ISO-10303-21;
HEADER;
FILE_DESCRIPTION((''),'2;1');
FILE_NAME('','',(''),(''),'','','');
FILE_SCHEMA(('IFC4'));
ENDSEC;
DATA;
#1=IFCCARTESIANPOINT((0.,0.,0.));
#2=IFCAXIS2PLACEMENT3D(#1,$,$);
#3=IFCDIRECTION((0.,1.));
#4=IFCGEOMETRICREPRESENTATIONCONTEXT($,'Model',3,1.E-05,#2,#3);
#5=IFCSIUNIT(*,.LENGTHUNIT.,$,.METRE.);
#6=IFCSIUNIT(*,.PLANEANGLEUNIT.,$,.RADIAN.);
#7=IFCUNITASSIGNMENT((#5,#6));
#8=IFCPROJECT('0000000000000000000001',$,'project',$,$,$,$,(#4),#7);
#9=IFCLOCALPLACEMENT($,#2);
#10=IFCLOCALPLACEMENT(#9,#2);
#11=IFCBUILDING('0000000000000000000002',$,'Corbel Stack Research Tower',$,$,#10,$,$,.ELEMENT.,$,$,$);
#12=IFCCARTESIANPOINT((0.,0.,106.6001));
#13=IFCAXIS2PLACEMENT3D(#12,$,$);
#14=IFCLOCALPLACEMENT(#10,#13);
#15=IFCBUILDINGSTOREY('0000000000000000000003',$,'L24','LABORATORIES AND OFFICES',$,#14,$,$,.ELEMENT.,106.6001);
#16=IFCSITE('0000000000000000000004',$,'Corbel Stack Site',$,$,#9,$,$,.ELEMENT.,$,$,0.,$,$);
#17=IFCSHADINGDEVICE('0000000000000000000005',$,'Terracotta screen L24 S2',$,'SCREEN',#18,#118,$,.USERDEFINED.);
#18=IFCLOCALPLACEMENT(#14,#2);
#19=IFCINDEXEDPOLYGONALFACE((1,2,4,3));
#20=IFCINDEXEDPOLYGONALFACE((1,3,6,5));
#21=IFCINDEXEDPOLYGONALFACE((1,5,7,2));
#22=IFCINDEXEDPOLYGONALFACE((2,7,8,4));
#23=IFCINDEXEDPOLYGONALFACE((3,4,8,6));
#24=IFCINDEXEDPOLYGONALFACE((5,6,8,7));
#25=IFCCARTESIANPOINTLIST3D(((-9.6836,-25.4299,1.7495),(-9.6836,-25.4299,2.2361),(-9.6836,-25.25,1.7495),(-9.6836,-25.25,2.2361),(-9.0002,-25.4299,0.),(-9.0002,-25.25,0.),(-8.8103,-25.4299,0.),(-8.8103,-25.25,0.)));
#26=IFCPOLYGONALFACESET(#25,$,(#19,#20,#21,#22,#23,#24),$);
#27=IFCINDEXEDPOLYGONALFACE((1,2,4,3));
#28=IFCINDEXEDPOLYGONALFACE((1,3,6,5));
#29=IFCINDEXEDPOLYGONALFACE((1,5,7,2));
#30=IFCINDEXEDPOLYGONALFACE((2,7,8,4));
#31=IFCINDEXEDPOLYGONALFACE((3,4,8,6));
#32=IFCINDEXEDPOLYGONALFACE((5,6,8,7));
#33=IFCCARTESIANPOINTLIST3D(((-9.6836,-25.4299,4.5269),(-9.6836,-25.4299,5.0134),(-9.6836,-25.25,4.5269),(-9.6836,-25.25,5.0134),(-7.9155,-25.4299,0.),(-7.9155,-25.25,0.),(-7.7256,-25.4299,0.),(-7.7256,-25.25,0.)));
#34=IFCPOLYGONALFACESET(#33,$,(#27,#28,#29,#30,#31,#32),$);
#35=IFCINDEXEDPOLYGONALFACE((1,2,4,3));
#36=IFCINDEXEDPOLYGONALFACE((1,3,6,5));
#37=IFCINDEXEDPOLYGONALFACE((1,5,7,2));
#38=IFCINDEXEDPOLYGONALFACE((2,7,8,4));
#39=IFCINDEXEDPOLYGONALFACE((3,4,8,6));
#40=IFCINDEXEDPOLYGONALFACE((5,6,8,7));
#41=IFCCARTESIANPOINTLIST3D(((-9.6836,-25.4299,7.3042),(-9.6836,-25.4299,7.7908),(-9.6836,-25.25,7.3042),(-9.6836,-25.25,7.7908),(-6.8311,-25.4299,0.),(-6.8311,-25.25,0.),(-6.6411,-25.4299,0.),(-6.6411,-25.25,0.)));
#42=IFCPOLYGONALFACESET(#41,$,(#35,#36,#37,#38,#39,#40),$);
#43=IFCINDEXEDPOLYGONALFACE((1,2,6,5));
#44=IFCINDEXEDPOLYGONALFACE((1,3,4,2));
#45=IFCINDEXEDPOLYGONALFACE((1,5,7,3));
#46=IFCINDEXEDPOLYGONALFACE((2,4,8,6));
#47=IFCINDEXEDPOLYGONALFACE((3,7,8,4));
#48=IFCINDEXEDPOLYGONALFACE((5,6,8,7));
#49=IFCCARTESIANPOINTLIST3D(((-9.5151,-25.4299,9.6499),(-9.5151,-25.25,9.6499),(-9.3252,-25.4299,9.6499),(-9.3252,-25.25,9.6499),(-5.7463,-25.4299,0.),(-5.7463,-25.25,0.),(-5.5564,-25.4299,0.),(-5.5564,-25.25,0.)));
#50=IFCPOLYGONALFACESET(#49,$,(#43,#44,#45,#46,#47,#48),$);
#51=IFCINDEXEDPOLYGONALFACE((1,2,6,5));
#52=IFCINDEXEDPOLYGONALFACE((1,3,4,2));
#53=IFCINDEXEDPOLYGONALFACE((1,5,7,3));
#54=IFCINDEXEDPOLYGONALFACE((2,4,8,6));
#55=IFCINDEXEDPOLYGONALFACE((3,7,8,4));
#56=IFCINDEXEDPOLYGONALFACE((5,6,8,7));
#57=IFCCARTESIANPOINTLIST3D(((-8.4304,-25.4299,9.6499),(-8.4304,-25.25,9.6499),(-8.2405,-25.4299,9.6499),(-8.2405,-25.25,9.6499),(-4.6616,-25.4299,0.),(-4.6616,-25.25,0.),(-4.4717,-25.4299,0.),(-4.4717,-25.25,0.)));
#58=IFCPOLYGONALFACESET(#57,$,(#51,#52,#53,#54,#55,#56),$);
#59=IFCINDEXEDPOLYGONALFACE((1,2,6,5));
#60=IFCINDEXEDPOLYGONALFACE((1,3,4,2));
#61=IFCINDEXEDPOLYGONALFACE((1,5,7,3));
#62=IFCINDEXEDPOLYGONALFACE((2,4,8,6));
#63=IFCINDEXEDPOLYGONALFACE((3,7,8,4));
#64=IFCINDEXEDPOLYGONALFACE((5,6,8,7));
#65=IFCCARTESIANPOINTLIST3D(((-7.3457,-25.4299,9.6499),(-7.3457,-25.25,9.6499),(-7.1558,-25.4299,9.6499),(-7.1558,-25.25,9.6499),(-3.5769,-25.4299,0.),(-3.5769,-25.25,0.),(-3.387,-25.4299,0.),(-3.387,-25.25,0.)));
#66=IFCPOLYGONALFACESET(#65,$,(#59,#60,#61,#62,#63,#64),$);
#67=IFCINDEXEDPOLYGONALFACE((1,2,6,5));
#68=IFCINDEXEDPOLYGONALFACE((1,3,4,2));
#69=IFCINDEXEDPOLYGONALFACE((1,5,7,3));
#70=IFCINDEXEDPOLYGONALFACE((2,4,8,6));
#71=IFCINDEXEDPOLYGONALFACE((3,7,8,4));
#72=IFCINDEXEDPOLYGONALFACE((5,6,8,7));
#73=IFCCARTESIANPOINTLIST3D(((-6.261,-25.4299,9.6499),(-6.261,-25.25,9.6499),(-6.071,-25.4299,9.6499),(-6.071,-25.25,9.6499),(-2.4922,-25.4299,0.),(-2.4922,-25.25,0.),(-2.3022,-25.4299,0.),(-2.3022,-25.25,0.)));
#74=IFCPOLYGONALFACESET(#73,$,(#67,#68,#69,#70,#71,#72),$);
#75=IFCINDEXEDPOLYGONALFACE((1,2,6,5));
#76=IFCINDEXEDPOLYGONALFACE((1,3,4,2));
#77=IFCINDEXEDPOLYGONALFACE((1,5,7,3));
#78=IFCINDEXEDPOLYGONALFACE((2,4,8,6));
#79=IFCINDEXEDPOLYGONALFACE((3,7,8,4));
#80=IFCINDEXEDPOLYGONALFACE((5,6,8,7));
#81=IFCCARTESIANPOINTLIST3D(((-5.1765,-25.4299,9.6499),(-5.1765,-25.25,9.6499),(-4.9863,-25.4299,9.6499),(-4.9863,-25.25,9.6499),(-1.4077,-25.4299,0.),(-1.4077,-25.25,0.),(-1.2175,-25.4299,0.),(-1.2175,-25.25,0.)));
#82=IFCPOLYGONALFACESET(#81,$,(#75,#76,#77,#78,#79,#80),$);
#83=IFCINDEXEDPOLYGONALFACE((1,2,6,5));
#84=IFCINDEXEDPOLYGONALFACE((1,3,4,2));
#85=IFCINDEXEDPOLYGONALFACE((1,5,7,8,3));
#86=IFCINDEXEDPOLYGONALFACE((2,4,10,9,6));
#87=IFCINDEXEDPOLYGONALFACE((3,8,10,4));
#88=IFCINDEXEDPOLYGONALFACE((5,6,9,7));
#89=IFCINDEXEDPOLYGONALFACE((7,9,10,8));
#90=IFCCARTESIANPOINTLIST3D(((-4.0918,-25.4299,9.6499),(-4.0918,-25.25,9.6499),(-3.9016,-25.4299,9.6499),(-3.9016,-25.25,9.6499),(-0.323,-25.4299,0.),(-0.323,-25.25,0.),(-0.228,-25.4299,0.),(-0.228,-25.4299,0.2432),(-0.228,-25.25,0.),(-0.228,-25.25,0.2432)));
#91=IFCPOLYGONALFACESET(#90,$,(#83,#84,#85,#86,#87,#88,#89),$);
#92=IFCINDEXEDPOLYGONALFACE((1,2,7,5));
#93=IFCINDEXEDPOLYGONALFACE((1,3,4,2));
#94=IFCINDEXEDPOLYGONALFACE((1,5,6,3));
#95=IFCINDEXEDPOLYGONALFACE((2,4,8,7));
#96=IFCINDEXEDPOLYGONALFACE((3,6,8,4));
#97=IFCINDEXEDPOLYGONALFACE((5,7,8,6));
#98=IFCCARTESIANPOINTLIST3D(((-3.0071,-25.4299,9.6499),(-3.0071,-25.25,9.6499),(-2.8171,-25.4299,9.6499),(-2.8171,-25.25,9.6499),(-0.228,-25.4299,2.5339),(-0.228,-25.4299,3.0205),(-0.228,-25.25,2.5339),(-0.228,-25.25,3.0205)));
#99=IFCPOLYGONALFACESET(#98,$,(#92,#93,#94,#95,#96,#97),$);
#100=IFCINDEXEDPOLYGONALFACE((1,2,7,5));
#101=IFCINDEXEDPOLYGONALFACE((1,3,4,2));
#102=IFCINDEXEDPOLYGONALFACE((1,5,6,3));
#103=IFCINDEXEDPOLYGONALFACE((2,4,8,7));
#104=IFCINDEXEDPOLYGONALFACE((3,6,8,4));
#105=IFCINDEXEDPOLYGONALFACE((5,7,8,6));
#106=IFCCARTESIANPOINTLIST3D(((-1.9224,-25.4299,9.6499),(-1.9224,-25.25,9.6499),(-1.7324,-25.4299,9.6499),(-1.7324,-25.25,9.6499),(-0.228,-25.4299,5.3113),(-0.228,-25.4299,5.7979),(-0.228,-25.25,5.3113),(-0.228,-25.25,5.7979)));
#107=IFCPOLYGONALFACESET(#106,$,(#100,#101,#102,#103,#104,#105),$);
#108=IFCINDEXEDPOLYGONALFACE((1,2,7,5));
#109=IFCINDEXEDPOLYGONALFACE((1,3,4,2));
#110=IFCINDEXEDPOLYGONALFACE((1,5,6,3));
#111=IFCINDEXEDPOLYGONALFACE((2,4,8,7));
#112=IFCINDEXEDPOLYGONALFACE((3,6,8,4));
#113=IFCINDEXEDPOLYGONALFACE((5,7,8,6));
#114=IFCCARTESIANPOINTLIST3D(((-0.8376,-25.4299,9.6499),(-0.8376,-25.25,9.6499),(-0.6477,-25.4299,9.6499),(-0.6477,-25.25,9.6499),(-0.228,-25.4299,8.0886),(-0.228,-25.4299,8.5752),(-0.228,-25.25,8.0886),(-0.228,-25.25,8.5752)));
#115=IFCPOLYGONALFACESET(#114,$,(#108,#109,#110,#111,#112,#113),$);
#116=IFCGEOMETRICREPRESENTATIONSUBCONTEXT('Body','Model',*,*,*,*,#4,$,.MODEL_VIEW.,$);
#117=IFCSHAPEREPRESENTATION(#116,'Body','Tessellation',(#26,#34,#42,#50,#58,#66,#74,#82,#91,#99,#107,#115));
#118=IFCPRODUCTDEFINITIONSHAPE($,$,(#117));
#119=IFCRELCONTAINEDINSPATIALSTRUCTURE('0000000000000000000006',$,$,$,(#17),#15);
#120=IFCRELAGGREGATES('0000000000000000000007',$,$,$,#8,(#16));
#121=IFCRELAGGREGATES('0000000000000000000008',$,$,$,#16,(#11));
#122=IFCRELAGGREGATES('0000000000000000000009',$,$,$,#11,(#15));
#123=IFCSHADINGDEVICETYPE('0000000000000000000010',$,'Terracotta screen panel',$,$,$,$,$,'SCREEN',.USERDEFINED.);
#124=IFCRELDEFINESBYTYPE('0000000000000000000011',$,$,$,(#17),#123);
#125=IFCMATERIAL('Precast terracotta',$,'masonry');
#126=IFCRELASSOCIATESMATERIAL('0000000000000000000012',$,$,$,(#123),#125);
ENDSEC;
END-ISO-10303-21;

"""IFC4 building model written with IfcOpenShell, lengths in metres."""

from ifc_helpers import new_model, si_unit, direction, frame, origin, place, context, subcontext, project, spatial, polyline, outline, extrude, source, transform, mapped, material, type_object, element, save


model = new_model("IFC4")

# Units and contexts
model_context = context("Model", 3, precision=1e-05, world=origin(), true_north=direction((0.0, 1.0)))
body_context = subcontext(model_context, "Body", "Model", "MODEL_VIEW")
ifc_project = project(units=[si_unit("LENGTHUNIT", "METRE"), si_unit("PLANEANGLEUNIT", "RADIAN")], contexts=[model_context])

# Site, building, storey
site_placement = place(None, origin())
site = spatial("IfcSite", under=ifc_project, at=site_placement, Name="Corbel Stack Site", CompositionType="ELEMENT", RefElevation=0.0)
building_placement = place(site_placement, origin())
building = spatial("IfcBuilding", under=site, at=building_placement, Name="Corbel Stack Research Tower", CompositionType="ELEMENT")
storey_placement = place(building_placement, frame((0.0, 0.0, 106.6001)))
storey = spatial("IfcBuildingStorey", under=building, at=storey_placement, Name="L24", Description="LABORATORIES AND OFFICES", CompositionType="ELEMENT", Elevation=106.6001)

# Shading device
ifc_material_1 = material(Name="Precast terracotta", Category="masonry")
shading_device_type = type_object("IfcShadingDeviceType", Name="Terracotta screen panel", ElementType="SCREEN", PredefinedType="USERDEFINED", material=ifc_material_1)
shared_shape_1 = source(origin(), body_context, "Body", "SweptSolid", [
    extrude(outline(polyline([(0.8733, 0.0), (0.0, 2.2361), (0.0, 1.7495), (0.6833, 0.0), (0.8733, 0.0)])), frame((0.0, 0.0, 0.0), z_axis=(0.0, -1.0, 0.0), x_axis=(1.0, 0.0, 0.0)), (0.0, 0.0, 1.0), 0.1799),
    extrude(outline(polyline([(1.958, 0.0), (0.0, 5.0134), (0.0, 4.5269), (1.7681, 0.0), (1.958, 0.0)])), frame((0.0, 0.0, 0.0), z_axis=(0.0, -1.0, 0.0), x_axis=(1.0, 0.0, 0.0)), (0.0, 0.0, 1.0), 0.1799),
    extrude(outline(polyline([(3.0425, 0.0), (0.0, 7.7908), (0.0, 7.3042), (2.8525, 0.0), (3.0425, 0.0)])), frame((0.0, 0.0, 0.0), z_axis=(0.0, -1.0, 0.0), x_axis=(1.0, 0.0, 0.0)), (0.0, 0.0, 1.0), 0.1799),
    extrude(outline(polyline([(4.1272, 0.0), (0.3584, 9.6499), (0.1685, 9.6499), (3.9373, 0.0), (4.1272, 0.0)])), frame((0.0, 0.0, 0.0), z_axis=(0.0, -1.0, 0.0), x_axis=(1.0, 0.0, 0.0)), (0.0, 0.0, 1.0), 0.1799),
    extrude(outline(polyline([(5.2119, 0.0), (1.4431, 9.6499), (1.2532, 9.6499), (5.022, 0.0), (5.2119, 0.0)])), frame((0.0, 0.0, 0.0), z_axis=(0.0, -1.0, 0.0), x_axis=(1.0, 0.0, 0.0)), (0.0, 0.0, 1.0), 0.1799),
    extrude(outline(polyline([(6.2966, 0.0), (2.5278, 9.6499), (2.3379, 9.6499), (6.1067, 0.0), (6.2966, 0.0)])), frame((0.0, 0.0, 0.0), z_axis=(0.0, -1.0, 0.0), x_axis=(1.0, 0.0, 0.0)), (0.0, 0.0, 1.0), 0.1799),
    extrude(outline(polyline([(7.3813, 0.0), (3.6125, 9.6499), (3.4226, 9.6499), (7.1914, 0.0), (7.3813, 0.0)])), frame((0.0, 0.0, 0.0), z_axis=(0.0, -1.0, 0.0), x_axis=(1.0, 0.0, 0.0)), (0.0, 0.0, 1.0), 0.1799),
    extrude(outline(polyline([(8.4661, 0.0), (4.6973, 9.6499), (4.5071, 9.6499), (8.2759, 0.0), (8.4661, 0.0)])), frame((0.0, 0.0, 0.0), z_axis=(0.0, -1.0, 0.0), x_axis=(1.0, 0.0, 0.0)), (0.0, 0.0, 1.0), 0.1799),
    extrude(outline(polyline([(9.4556, 0.0), (9.4556, 0.2432), (5.782, 9.6499), (5.5918, 9.6499), (9.3606, 0.0), (9.4556, 0.0)])), frame((0.0, 0.0, 0.0), z_axis=(0.0, -1.0, 0.0), x_axis=(1.0, 0.0, 0.0)), (0.0, 0.0, 1.0), 0.1799),
    extrude(outline(polyline([(6.8665, 9.6499), (6.6765, 9.6499), (9.4556, 2.5339), (9.4556, 3.0205), (6.8665, 9.6499)])), frame((0.0, 0.0, 0.0), z_axis=(0.0, -1.0, 0.0), x_axis=(1.0, 0.0, 0.0)), (0.0, 0.0, 1.0), 0.1799),
    extrude(outline(polyline([(7.9512, 9.6499), (7.7612, 9.6499), (9.4556, 5.3113), (9.4556, 5.7979), (7.9512, 9.6499)])), frame((0.0, 0.0, 0.0), z_axis=(0.0, -1.0, 0.0), x_axis=(1.0, 0.0, 0.0)), (0.0, 0.0, 1.0), 0.1799),
    extrude(outline(polyline([(9.0359, 9.6499), (8.8459, 9.6499), (9.4556, 8.0886), (9.4556, 8.5752), (9.0359, 9.6499)])), frame((0.0, 0.0, 0.0), z_axis=(0.0, -1.0, 0.0), x_axis=(1.0, 0.0, 0.0)), (0.0, 0.0, 1.0), 0.1799),
])
shading_device_1_placement = place(storey_placement, frame((-9.6836, -25.25, 0.0), z_axis=(0.0, 0.0, 1.0), x_axis=(1.0, 0.0, 0.0)))
element("IfcShadingDevice", 1, at=shading_device_1_placement, inside=storey, type_object=shading_device_type, Name="Terracotta screen L24 S2", ObjectType="SCREEN", PredefinedType="USERDEFINED", context=body_context, shape_type="MappedRepresentation", body=[
    mapped(shared_shape_1, transform((0.0, 0.0, 0.0))),
])

save(model, "model.ifc")
